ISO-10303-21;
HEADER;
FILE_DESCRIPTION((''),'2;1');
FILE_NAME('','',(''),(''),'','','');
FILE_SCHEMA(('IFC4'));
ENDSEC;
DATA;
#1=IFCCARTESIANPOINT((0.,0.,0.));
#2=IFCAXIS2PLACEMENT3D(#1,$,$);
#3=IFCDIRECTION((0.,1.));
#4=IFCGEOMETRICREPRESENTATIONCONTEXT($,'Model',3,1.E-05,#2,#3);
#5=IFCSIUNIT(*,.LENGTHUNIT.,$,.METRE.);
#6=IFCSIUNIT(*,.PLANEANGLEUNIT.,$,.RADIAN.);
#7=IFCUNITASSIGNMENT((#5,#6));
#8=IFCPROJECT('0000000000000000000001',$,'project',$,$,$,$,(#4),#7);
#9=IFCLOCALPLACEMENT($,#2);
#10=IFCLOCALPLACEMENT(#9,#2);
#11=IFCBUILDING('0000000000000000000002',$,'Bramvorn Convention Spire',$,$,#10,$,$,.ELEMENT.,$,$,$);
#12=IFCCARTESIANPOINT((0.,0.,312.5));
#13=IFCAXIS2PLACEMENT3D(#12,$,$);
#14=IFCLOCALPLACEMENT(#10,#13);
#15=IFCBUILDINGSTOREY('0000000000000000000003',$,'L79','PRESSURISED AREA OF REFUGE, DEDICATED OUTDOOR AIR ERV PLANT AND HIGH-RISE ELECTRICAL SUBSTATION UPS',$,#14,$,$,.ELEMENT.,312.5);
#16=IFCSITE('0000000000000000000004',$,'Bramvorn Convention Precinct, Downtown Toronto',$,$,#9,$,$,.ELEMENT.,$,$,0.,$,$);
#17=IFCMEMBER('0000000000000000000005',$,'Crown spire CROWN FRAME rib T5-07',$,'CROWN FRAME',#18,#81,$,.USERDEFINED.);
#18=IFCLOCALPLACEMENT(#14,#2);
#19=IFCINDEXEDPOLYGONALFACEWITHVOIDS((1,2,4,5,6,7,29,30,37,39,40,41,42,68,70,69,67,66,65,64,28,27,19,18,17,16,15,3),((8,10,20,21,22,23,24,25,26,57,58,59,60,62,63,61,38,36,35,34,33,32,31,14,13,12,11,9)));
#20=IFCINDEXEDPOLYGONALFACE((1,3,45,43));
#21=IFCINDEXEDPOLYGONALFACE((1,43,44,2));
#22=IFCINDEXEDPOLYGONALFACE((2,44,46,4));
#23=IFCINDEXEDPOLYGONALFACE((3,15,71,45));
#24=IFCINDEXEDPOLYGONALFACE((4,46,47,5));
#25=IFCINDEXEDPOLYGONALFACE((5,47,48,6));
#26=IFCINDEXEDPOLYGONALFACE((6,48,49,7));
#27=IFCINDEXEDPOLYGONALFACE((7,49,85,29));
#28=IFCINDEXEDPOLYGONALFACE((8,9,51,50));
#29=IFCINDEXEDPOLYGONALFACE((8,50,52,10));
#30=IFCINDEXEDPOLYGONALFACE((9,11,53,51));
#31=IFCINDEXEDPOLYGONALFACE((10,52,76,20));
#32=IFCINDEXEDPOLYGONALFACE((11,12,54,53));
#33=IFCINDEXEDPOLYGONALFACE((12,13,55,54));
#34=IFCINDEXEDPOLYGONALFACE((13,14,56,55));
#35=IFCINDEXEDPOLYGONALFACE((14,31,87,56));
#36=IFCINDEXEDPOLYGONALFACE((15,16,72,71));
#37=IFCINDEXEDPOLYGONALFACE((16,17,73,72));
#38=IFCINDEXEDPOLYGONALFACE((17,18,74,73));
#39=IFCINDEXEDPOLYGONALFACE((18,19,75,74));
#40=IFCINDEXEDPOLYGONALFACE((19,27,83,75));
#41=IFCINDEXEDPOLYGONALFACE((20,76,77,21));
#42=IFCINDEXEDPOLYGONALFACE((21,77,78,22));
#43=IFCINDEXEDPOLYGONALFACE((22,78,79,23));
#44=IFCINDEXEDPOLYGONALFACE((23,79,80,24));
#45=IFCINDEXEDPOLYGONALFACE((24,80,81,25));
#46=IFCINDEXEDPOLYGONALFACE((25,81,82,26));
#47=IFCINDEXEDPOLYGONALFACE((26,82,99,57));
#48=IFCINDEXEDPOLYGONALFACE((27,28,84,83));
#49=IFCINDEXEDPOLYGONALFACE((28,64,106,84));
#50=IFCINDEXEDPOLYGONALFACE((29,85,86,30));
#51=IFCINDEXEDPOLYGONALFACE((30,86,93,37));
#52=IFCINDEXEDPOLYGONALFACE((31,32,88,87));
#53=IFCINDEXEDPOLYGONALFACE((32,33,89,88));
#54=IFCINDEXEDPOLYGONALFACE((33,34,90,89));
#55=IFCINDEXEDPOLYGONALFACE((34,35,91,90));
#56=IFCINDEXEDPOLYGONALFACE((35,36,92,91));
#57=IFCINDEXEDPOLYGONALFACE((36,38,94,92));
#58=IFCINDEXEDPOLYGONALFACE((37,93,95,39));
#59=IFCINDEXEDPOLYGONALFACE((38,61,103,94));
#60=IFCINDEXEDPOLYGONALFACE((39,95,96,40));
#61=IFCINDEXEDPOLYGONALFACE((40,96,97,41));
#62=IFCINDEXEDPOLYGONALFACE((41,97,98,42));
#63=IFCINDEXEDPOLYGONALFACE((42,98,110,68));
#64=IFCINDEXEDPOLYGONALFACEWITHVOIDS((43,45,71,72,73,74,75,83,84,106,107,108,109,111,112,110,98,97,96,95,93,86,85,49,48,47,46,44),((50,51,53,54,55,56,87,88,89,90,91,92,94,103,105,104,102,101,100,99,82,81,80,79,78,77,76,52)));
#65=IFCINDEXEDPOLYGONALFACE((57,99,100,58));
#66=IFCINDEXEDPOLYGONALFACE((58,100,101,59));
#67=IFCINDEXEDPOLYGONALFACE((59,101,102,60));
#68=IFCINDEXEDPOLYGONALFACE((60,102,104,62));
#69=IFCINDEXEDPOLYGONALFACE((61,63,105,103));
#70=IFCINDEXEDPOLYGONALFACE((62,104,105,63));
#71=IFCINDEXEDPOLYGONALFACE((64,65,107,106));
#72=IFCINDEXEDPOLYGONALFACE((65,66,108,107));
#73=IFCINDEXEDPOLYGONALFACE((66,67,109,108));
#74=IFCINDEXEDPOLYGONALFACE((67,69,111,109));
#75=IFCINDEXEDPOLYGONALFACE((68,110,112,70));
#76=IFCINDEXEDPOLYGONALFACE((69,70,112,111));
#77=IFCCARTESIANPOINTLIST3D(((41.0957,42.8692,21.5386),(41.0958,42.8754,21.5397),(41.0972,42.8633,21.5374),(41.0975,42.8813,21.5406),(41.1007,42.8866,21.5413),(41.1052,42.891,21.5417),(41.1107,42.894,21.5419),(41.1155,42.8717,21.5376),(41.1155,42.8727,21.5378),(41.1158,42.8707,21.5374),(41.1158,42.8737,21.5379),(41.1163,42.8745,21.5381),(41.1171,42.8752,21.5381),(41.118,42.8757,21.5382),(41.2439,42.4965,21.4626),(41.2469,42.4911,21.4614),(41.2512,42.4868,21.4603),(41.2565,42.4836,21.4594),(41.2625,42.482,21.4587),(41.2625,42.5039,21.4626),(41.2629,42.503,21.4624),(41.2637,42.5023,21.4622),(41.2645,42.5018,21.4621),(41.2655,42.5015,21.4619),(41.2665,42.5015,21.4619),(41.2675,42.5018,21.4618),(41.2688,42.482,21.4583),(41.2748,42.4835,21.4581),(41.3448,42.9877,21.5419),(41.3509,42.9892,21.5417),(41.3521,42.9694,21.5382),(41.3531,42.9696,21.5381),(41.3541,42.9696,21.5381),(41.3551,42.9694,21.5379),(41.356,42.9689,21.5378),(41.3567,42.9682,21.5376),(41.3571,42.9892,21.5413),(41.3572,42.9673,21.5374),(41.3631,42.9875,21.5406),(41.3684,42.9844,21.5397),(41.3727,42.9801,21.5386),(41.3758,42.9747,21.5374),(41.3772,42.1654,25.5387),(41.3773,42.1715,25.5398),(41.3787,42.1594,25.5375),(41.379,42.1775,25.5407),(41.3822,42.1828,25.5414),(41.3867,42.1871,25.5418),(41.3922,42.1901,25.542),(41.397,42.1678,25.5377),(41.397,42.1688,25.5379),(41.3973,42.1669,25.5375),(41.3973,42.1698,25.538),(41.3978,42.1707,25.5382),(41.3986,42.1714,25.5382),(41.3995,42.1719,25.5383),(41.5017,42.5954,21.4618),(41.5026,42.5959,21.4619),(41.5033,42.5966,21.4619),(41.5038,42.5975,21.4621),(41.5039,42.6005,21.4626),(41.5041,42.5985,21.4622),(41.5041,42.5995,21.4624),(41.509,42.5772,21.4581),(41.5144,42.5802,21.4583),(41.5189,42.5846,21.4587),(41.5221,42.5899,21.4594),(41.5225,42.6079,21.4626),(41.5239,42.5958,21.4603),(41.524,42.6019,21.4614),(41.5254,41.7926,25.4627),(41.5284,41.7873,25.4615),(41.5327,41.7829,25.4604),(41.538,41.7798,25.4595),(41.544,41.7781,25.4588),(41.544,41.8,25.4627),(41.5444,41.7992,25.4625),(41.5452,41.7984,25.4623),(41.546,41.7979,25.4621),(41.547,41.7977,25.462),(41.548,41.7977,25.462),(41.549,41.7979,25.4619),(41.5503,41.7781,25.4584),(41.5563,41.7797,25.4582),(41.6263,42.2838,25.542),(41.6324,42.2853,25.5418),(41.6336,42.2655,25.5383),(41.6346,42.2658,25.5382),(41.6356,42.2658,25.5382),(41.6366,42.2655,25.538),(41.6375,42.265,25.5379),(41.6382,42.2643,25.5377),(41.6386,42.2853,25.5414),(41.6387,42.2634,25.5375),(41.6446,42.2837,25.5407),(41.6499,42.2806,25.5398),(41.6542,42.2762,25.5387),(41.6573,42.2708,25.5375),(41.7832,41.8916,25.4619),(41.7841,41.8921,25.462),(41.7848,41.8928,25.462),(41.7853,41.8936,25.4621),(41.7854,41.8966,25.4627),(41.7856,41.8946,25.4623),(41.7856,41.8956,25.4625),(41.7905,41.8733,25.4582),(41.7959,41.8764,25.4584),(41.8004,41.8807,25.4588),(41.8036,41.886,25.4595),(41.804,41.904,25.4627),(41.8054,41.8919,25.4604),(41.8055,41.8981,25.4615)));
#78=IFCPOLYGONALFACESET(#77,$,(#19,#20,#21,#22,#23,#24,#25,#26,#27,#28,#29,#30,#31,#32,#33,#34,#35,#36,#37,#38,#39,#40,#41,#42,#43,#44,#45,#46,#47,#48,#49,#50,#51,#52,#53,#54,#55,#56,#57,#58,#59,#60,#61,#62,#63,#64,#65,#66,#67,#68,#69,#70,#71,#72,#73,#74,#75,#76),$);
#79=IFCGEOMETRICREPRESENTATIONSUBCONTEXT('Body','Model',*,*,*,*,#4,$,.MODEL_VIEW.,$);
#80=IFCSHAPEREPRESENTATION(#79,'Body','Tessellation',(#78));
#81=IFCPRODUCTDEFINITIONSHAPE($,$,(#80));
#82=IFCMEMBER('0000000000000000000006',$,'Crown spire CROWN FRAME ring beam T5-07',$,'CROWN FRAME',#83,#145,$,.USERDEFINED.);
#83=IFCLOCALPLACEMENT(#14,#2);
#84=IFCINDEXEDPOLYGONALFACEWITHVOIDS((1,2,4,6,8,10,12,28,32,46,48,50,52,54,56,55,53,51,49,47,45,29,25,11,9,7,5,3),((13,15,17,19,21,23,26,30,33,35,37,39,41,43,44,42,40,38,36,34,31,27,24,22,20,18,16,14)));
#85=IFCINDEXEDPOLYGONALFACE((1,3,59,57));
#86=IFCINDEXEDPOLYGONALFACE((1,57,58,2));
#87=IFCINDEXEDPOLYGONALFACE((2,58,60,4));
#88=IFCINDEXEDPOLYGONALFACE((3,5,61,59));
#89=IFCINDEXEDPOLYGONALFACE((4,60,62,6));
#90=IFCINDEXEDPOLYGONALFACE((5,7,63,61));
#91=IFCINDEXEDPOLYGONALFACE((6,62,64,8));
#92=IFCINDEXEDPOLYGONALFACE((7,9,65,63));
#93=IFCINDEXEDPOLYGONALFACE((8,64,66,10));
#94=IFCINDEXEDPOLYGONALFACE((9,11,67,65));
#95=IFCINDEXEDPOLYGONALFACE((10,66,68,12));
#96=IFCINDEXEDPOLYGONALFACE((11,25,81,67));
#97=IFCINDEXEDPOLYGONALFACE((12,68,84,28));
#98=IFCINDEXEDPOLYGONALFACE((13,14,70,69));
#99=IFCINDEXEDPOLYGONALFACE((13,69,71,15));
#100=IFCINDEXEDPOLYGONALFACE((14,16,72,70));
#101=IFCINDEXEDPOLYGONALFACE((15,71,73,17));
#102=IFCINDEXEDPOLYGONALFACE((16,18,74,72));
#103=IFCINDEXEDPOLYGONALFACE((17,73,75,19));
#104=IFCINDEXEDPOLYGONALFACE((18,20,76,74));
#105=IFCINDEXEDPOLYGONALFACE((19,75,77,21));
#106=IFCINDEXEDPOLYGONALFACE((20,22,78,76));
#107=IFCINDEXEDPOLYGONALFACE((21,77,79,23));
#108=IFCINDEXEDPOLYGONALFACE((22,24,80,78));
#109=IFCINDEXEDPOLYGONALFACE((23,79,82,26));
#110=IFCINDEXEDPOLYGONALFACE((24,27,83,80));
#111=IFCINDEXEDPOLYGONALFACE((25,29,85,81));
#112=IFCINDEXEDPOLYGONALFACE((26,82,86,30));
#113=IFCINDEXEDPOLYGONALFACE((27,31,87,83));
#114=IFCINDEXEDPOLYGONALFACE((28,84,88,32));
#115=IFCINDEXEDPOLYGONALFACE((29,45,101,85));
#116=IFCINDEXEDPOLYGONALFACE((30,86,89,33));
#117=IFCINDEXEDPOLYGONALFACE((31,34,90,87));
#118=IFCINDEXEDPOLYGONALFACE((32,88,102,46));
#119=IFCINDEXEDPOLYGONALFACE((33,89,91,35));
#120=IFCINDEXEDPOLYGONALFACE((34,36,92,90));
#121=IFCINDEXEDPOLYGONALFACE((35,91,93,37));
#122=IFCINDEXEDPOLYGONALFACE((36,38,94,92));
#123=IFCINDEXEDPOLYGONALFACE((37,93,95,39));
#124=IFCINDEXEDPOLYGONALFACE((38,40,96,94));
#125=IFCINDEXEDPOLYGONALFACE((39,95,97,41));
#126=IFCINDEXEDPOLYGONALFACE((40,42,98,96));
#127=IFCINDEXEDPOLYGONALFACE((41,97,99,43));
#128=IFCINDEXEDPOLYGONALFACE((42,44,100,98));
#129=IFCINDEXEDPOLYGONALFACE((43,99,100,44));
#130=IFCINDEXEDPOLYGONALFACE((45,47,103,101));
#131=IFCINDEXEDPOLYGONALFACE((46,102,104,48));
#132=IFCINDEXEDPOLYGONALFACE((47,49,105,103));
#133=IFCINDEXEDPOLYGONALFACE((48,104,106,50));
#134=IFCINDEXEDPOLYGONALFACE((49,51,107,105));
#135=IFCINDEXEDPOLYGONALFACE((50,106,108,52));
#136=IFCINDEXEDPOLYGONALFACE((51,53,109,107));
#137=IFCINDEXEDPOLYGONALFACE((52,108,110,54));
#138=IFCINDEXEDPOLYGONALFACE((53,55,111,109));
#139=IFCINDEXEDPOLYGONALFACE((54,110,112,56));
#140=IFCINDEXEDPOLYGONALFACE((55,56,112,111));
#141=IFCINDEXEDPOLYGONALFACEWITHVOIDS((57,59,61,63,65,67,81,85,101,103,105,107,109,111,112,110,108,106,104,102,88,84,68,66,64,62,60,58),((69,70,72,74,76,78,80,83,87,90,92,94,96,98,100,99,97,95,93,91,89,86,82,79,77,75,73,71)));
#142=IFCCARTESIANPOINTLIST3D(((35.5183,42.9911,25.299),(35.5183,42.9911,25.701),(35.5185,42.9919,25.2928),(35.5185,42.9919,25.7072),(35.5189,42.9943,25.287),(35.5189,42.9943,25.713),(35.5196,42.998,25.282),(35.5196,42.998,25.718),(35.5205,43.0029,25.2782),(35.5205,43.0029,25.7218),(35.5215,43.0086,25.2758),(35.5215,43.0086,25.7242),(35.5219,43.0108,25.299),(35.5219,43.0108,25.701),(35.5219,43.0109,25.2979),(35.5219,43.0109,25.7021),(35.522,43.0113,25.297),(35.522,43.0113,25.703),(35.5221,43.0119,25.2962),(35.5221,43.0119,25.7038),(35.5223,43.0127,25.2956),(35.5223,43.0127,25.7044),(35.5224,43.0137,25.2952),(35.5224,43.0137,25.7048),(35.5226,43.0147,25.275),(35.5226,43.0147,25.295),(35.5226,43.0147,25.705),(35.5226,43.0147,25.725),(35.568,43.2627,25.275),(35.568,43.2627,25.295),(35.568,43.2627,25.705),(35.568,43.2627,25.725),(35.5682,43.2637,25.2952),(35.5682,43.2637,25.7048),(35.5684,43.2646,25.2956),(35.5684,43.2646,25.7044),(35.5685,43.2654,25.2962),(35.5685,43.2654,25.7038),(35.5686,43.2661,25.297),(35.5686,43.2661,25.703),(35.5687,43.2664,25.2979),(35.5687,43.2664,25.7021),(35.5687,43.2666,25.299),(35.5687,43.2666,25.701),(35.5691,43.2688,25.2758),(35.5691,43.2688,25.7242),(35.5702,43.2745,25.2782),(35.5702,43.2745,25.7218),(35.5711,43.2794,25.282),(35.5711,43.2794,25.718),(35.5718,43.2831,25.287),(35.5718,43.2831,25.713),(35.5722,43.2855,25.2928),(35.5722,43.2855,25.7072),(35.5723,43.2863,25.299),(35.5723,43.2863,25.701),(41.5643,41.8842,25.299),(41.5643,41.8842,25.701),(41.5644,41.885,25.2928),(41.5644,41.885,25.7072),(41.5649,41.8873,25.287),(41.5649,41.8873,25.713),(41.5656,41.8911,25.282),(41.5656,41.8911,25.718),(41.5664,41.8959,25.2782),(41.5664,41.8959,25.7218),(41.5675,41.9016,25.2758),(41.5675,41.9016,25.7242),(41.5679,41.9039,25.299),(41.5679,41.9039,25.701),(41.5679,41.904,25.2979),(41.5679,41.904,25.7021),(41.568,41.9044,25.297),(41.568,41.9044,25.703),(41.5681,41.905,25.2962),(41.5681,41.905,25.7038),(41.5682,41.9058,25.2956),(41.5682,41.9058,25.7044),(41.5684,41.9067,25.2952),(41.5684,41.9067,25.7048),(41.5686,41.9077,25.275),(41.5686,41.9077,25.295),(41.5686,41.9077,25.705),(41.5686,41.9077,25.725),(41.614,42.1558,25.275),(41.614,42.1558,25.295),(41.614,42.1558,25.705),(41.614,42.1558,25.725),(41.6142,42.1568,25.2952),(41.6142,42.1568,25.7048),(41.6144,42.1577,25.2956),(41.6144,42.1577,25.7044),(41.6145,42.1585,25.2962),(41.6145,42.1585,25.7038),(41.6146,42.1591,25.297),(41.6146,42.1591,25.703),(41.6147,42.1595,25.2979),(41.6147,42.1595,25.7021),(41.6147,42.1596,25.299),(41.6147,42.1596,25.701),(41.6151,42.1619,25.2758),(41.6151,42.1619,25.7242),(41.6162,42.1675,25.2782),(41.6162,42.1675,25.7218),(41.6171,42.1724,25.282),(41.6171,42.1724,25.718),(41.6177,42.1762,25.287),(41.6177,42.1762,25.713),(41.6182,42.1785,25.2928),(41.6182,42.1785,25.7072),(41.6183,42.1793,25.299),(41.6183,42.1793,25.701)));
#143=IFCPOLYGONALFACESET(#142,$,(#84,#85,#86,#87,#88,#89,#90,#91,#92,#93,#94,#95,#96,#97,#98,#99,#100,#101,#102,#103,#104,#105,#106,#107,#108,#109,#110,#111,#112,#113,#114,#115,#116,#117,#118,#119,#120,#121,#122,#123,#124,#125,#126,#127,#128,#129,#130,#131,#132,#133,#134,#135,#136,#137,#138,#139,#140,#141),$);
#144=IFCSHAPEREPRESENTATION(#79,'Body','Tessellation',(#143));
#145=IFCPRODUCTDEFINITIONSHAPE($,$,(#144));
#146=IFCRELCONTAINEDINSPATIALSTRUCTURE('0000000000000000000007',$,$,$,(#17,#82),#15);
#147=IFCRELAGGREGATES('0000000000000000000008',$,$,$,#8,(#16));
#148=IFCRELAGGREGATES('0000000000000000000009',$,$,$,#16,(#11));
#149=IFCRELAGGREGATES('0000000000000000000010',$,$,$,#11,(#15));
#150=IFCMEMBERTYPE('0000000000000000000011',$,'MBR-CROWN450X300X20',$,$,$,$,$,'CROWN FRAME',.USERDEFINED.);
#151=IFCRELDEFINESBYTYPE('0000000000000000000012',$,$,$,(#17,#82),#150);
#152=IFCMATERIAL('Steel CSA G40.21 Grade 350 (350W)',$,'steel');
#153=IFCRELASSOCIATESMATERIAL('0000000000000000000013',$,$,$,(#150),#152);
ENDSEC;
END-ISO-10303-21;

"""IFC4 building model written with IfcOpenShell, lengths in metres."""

from ifc_helpers import new_model, si_unit, direction, frame, origin, origin_2d, place, context, subcontext, project, spatial, hollow_rectangle, extrude, material, material_profile, profile_set, type_object, element, save


model = new_model("IFC4")

# Units and contexts
model_context = context("Model", 3, precision=1e-05, world=origin(), true_north=direction((0.0, 1.0)))
body_context = subcontext(model_context, "Body", "Model", "MODEL_VIEW")
ifc_project = project(units=[si_unit("LENGTHUNIT", "METRE"), si_unit("PLANEANGLEUNIT", "RADIAN")], contexts=[model_context])

# Site, building, storey
site_placement = place(None, origin())
site = spatial("IfcSite", under=ifc_project, at=site_placement, Name="Bramvorn Convention Precinct, Downtown Toronto", CompositionType="ELEMENT", RefElevation=0.0)
building_placement = place(site_placement, origin())
building = spatial("IfcBuilding", under=site, at=building_placement, Name="Bramvorn Convention Spire", CompositionType="ELEMENT")
storey_placement = place(building_placement, frame((0.0, 0.0, 312.5)))
storey = spatial("IfcBuildingStorey", under=building, at=storey_placement, Name="L79", Description="PRESSURISED AREA OF REFUGE, DEDICATED OUTDOOR AIR ERV PLANT AND HIGH-RISE ELECTRICAL SUBSTATION UPS", CompositionType="ELEMENT", Elevation=312.5)

# Shared definitions
ifc_material_1 = material(Name="Steel CSA G40.21 Grade 350 (350W)", Category="steel")

# Members
ifc_material_profile_1 = material_profile(ifc_material_1, hollow_rectangle(XDim=0.3, YDim=0.45, WallThickness=0.02, InnerFilletRadius=0.0039, OuterFilletRadius=0.0239, at=origin_2d()))
ifc_profile_set_1 = profile_set([ifc_material_profile_1], Name="Steel CSA G40.21 Grade 350 (350W) - CROWN450X300X20")
member_type = type_object("IfcMemberType", Name="MBR-CROWN450X300X20", ElementType="CROWN FRAME", PredefinedType="USERDEFINED", material=ifc_profile_set_1)
member_1_placement = place(storey_placement, frame((41.3098, 42.7356, 21.5), z_axis=(0.069143, -0.172887, 0.982512), x_axis=(0.928499, 0.371335, 0.0)))
element("IfcMember", 1, at=member_1_placement, inside=storey, type_object=member_type, Name="Crown spire CROWN FRAME rib T5-07", ObjectType="CROWN FRAME", PredefinedType="USERDEFINED", context=body_context, shape_type="SweptSolid", body=[
    extrude(hollow_rectangle(XDim=0.3, YDim=0.45, WallThickness=0.02, InnerFilletRadius=0.0039, OuterFilletRadius=0.0239, at=origin_2d()), origin(), (0.0, 0.0, 1.0), 4.0713),
])
member_2_placement = place(storey_placement, frame((41.5913, 42.0317, 25.5), z_axis=(-0.983649, 0.180095, 0.0), x_axis=(-0.180095, -0.983649, 0.0)))
element("IfcMember", 2, at=member_2_placement, inside=storey, type_object=member_type, Name="Crown spire CROWN FRAME ring beam T5-07", ObjectType="CROWN FRAME", PredefinedType="USERDEFINED", context=body_context, shape_type="SweptSolid", body=[
    extrude(hollow_rectangle(XDim=0.3, YDim=0.45, WallThickness=0.02, InnerFilletRadius=0.0039, OuterFilletRadius=0.0239, at=origin_2d()), origin(), (0.0, 0.0, 1.0), 6.1465),
])

save(model, "model.ifc")
